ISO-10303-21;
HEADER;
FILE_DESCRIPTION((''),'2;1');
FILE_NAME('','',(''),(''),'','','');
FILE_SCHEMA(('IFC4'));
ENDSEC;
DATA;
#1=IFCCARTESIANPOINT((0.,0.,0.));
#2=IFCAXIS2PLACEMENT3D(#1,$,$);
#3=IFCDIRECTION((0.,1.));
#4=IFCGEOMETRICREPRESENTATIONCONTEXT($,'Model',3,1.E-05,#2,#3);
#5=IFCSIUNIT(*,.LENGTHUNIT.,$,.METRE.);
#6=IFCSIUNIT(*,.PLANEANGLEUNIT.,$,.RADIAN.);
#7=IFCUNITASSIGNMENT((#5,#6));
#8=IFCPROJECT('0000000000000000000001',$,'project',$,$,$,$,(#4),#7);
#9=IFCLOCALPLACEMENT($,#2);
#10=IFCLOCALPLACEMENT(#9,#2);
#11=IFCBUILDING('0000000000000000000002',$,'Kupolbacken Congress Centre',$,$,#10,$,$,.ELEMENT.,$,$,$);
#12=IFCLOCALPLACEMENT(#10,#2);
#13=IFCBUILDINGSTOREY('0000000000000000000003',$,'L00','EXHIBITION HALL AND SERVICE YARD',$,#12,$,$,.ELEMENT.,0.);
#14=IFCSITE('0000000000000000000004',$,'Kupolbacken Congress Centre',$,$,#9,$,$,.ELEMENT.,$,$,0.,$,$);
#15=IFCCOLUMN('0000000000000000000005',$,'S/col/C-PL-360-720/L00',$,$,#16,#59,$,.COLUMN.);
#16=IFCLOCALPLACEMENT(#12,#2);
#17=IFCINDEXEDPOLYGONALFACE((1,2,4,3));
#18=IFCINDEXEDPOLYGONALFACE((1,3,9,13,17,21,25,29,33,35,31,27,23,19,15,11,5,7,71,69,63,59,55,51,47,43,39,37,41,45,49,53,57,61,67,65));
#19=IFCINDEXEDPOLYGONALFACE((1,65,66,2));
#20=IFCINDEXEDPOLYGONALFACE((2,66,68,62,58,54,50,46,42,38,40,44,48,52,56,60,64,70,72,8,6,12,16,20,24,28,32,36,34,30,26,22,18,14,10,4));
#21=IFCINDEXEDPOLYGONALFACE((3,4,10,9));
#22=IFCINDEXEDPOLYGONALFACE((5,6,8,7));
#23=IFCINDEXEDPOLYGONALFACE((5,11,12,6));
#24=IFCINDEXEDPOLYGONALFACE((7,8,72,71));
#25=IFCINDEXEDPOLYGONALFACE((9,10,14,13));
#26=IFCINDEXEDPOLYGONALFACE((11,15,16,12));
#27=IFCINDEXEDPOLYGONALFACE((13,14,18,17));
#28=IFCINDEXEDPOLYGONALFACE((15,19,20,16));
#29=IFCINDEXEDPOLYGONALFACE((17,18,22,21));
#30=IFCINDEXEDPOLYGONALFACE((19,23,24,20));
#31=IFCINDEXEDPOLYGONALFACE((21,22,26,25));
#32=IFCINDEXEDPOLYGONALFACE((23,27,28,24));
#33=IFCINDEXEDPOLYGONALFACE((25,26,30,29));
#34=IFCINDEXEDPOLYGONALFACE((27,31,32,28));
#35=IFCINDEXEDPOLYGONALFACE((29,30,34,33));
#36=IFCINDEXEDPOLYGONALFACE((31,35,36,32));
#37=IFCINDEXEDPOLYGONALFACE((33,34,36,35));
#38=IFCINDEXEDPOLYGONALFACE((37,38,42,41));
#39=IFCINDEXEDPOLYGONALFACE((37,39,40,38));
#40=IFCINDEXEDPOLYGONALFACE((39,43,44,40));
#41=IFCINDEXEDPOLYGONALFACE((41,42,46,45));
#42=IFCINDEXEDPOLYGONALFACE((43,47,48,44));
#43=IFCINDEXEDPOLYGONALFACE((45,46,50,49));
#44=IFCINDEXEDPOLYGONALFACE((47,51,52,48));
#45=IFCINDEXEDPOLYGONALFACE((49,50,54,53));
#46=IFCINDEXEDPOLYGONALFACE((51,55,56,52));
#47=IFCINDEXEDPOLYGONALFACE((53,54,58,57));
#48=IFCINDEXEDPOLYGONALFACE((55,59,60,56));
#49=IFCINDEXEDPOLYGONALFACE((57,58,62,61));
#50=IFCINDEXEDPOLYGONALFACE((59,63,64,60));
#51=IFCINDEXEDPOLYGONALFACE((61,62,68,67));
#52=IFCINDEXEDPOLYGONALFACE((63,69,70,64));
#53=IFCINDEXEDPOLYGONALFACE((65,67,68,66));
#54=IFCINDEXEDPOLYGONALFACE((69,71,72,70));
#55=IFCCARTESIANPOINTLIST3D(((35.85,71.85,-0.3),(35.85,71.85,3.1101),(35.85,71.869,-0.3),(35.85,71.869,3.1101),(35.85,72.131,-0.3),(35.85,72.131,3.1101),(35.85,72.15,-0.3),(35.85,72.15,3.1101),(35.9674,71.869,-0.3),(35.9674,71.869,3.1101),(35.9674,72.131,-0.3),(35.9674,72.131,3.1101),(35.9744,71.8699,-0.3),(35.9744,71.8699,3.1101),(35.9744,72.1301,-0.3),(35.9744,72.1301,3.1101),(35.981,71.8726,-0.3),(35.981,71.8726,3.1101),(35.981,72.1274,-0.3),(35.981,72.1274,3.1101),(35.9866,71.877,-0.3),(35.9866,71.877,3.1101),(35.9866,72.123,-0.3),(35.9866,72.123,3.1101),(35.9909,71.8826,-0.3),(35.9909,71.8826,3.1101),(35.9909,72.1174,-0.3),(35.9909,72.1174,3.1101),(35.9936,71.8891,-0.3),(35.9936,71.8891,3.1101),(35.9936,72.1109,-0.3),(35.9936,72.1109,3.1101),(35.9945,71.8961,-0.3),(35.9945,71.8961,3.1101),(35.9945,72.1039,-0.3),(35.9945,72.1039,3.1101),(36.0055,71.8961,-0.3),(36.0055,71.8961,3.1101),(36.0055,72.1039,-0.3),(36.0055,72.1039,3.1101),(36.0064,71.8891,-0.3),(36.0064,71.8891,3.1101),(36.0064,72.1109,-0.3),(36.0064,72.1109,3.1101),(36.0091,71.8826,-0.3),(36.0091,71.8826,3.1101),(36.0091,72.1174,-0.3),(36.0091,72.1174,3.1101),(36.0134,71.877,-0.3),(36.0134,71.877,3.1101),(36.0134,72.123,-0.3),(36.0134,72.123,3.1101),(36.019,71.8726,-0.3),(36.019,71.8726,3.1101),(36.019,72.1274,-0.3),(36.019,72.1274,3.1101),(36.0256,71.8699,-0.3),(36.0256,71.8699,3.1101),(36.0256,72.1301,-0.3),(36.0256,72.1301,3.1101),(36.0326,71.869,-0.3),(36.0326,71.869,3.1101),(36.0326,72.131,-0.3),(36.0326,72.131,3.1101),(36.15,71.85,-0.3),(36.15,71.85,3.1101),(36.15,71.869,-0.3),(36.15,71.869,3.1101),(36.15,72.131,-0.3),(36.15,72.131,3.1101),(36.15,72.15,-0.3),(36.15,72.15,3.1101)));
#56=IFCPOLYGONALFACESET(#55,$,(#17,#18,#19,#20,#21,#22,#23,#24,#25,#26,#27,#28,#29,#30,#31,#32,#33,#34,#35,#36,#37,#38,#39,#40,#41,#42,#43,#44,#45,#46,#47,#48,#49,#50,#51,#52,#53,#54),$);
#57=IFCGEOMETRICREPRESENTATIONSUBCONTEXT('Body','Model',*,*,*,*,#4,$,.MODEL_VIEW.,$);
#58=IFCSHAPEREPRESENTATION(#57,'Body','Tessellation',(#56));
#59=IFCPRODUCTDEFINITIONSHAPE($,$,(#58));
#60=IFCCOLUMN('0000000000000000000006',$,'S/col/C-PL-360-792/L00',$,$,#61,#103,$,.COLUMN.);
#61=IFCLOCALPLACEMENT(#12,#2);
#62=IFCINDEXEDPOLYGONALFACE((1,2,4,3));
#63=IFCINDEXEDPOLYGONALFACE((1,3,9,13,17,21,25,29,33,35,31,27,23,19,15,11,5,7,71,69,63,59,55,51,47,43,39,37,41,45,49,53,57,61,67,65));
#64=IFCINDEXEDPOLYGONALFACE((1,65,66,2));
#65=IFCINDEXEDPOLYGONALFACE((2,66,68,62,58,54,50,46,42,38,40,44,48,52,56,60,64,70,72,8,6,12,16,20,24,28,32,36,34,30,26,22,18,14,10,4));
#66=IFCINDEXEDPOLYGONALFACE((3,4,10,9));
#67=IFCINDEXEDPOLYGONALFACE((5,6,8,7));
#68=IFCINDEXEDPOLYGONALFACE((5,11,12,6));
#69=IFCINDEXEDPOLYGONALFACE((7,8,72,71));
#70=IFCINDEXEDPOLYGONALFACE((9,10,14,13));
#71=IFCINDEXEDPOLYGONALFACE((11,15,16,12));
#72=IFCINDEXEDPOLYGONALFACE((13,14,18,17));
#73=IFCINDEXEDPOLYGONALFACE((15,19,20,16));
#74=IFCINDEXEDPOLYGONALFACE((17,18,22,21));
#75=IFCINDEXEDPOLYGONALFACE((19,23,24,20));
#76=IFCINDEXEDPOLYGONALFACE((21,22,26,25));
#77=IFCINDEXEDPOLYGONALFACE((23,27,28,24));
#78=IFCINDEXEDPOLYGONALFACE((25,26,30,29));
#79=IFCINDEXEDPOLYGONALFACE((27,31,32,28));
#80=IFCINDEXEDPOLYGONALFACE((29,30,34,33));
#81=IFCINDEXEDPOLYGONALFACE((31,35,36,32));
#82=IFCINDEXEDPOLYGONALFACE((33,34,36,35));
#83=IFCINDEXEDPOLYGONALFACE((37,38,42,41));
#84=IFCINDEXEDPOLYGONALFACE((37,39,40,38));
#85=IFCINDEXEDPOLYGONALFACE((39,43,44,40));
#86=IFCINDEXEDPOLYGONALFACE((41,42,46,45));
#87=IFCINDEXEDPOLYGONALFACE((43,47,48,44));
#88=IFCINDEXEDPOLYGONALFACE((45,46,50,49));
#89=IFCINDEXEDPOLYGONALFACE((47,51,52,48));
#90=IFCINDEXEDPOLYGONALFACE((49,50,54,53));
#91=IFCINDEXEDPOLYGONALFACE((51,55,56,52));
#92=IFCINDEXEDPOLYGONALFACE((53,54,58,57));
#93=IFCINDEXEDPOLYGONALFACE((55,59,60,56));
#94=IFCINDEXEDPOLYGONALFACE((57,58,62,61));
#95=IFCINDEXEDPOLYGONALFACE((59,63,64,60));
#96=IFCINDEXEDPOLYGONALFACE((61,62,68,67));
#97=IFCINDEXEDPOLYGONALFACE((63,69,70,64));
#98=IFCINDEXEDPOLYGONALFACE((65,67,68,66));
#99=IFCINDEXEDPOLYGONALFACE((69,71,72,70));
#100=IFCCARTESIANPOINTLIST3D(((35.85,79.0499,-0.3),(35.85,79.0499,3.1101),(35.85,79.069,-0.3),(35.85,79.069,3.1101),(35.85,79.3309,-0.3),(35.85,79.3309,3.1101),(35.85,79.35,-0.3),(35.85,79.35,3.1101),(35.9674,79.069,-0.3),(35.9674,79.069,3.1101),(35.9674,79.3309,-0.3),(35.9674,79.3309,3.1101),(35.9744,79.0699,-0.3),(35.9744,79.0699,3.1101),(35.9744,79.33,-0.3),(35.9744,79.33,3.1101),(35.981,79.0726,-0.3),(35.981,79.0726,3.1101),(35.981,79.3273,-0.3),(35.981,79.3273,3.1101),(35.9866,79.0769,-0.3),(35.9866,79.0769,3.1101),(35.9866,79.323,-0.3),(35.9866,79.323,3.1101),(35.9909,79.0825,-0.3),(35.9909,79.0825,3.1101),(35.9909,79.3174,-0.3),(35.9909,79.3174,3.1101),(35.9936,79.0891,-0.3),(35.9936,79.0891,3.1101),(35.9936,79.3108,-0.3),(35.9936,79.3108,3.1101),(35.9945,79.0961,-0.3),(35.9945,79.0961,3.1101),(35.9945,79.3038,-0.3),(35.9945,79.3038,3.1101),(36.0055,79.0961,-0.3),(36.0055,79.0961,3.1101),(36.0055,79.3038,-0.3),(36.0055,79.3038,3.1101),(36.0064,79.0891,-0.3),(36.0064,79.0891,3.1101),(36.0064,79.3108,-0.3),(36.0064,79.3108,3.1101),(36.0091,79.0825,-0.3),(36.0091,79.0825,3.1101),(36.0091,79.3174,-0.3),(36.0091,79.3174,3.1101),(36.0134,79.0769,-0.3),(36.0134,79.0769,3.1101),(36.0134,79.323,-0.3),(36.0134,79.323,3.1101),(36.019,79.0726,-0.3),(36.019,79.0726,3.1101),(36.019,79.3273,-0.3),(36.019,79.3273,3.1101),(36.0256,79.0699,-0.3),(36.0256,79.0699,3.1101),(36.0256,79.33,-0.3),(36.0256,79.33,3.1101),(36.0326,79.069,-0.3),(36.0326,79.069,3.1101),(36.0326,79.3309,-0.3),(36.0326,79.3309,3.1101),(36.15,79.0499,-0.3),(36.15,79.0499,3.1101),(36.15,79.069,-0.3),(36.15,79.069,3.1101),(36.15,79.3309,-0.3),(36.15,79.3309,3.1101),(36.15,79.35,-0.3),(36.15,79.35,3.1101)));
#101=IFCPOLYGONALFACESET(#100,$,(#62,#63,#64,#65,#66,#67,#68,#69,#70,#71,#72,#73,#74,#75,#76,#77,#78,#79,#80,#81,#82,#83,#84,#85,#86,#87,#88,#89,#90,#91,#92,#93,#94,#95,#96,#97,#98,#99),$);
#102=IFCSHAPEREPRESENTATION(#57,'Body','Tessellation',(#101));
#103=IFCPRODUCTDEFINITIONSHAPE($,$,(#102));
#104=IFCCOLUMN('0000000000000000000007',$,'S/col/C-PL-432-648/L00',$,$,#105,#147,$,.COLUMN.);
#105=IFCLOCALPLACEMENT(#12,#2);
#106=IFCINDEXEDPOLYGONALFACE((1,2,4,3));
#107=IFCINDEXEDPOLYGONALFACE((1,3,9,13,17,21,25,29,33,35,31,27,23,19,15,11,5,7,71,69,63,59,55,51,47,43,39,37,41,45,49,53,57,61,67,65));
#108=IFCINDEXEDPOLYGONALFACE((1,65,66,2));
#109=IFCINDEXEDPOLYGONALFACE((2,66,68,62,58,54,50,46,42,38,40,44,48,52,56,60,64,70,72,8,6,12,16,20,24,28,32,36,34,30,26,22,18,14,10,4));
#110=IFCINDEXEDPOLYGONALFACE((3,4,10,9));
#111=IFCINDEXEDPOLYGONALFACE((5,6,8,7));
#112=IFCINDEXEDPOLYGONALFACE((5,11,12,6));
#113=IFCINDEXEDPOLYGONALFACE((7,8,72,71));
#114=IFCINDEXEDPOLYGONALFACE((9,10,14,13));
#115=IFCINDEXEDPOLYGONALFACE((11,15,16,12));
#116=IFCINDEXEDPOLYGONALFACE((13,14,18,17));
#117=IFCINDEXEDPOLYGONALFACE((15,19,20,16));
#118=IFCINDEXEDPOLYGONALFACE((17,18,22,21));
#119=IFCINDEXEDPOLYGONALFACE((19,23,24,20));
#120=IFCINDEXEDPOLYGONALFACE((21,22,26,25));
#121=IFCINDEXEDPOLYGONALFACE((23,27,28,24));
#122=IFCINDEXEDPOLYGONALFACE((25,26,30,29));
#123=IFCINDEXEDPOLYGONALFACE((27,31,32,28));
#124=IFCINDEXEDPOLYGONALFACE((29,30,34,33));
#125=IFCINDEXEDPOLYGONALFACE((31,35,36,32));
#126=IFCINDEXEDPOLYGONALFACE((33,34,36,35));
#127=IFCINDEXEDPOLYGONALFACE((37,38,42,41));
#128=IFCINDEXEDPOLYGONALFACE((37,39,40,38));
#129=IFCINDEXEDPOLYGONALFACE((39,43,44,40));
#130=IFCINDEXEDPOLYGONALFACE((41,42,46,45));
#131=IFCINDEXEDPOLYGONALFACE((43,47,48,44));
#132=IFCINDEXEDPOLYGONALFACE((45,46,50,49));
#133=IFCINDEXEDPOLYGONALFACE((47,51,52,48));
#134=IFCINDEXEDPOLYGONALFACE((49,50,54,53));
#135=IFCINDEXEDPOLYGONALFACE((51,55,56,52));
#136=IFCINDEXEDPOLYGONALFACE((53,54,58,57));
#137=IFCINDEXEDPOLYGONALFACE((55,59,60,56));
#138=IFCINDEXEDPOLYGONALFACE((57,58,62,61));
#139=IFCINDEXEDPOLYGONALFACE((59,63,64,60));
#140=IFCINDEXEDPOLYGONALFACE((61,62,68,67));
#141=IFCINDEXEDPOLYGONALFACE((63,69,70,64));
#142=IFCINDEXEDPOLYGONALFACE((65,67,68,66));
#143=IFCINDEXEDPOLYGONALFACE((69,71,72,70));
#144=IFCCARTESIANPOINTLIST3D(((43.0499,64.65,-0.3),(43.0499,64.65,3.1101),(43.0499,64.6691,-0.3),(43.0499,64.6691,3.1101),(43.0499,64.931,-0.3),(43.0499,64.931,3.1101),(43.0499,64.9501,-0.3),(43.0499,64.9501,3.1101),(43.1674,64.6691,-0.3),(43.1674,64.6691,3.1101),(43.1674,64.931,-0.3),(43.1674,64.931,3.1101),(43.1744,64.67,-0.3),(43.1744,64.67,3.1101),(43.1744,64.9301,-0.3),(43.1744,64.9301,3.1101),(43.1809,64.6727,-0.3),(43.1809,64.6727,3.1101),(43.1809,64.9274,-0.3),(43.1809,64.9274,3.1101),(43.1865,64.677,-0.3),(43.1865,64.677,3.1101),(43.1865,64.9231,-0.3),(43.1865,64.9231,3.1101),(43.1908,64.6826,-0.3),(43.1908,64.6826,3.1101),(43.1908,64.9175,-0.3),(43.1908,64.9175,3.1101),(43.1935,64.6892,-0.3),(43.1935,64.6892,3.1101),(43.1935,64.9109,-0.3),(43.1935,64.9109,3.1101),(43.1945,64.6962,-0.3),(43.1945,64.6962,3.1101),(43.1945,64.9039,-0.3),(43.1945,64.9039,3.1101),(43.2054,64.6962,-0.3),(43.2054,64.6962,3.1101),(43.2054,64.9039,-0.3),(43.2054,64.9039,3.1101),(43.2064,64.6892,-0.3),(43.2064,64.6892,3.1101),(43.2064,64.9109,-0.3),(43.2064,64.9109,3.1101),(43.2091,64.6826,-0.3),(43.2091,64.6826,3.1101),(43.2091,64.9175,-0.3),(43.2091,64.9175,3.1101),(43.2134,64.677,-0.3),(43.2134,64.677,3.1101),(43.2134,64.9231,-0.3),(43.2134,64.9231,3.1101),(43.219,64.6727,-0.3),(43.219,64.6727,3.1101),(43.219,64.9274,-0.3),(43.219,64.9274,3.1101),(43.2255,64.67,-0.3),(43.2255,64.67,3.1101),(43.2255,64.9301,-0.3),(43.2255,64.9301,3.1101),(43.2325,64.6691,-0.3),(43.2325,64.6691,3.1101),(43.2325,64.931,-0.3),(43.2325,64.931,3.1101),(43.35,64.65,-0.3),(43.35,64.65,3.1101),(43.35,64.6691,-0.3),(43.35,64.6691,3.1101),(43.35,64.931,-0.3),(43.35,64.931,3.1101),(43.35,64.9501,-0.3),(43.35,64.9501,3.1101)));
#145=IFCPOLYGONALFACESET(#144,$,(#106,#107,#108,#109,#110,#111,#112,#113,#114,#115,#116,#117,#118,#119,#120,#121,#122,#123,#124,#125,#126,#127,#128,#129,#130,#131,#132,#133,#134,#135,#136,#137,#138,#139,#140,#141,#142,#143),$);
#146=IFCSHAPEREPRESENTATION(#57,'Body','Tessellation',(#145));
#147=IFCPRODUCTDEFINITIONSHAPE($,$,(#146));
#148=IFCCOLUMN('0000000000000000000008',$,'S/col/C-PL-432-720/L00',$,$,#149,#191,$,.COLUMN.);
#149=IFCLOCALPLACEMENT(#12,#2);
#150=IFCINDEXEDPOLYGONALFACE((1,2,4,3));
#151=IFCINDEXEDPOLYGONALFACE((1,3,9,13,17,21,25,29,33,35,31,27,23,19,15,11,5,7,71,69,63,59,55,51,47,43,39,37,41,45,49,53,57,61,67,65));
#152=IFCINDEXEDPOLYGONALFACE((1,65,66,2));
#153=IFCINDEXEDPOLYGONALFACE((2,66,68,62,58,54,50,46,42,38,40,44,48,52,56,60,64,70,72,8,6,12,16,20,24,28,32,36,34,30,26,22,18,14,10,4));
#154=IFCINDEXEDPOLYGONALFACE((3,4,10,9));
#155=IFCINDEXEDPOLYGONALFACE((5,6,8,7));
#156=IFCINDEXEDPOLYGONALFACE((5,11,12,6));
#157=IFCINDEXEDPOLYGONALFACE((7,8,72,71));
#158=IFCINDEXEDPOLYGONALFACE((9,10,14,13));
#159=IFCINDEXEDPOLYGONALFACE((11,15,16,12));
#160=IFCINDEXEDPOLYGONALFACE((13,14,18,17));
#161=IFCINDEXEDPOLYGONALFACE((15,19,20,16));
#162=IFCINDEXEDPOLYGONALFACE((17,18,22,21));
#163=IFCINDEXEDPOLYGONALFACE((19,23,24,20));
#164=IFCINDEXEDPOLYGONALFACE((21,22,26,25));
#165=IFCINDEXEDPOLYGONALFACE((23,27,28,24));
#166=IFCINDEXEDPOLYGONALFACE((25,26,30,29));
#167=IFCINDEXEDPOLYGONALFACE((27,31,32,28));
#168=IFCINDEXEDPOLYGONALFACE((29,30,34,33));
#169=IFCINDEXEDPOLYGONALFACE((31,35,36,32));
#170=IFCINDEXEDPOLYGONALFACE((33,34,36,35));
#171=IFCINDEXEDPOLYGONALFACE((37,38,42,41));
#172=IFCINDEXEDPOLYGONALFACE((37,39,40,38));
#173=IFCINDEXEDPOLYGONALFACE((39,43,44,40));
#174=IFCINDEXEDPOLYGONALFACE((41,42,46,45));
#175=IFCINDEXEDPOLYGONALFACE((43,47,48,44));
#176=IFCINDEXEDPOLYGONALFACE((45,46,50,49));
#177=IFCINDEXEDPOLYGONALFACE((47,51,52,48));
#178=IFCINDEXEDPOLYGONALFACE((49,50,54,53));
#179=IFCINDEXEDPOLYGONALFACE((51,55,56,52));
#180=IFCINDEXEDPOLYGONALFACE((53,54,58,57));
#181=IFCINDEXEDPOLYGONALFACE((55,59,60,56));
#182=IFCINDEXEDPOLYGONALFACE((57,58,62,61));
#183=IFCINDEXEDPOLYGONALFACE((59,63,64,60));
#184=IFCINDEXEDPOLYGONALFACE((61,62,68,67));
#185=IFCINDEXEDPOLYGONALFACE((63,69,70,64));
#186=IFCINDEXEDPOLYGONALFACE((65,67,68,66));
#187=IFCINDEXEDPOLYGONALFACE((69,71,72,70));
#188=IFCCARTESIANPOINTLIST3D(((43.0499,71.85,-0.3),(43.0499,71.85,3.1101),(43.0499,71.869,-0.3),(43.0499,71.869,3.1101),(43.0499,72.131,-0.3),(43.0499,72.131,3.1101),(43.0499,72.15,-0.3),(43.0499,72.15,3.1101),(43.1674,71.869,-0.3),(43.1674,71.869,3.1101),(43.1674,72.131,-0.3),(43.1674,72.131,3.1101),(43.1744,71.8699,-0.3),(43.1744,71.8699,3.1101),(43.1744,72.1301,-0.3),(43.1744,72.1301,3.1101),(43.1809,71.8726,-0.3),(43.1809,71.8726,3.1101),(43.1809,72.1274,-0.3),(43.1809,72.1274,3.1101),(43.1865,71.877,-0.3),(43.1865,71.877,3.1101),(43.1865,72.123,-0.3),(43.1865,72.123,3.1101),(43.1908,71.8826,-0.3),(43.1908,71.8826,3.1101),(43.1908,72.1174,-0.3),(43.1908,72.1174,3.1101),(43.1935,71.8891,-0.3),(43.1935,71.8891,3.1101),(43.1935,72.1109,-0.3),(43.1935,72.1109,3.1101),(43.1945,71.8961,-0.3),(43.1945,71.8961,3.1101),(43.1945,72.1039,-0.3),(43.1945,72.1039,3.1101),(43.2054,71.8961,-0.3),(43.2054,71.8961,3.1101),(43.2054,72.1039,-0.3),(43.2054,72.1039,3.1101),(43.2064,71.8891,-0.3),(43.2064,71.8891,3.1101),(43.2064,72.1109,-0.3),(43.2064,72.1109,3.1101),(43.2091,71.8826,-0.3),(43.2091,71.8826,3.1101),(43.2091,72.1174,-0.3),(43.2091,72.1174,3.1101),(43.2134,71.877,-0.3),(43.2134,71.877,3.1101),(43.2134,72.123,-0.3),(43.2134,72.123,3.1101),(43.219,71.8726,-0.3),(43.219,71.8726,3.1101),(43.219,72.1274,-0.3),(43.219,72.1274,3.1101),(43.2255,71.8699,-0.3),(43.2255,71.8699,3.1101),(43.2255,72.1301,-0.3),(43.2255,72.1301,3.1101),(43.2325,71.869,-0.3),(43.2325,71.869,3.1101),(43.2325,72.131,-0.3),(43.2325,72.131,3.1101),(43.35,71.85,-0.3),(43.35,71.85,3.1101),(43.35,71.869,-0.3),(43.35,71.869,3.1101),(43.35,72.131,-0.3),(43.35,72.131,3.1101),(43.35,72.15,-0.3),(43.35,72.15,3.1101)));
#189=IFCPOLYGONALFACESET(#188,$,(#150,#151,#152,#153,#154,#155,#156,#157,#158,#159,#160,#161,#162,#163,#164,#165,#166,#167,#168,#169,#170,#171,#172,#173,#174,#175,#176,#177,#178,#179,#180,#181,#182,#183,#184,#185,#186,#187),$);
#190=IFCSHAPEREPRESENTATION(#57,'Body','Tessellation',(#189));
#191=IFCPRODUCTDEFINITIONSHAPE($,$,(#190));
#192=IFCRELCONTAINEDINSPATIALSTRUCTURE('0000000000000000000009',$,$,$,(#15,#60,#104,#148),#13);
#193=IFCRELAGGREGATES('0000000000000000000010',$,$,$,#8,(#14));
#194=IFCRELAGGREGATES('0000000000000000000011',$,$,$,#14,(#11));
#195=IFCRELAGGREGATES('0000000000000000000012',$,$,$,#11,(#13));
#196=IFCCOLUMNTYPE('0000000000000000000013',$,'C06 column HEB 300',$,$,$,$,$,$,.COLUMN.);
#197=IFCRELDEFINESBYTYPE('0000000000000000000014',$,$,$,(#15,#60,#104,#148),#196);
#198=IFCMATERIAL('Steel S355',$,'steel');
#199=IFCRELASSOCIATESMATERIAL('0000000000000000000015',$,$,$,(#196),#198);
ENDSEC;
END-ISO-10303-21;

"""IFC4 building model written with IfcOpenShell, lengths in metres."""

from ifc_helpers import new_model, si_unit, direction, frame, origin, origin_2d, place, context, subcontext, project, spatial, i_section, extrude, material, material_profile, profile_set, type_object, element, save


model = new_model("IFC4")

# Units and contexts
model_context = context("Model", 3, precision=1e-05, world=origin(), true_north=direction((0.0, 1.0)))
body_context = subcontext(model_context, "Body", "Model", "MODEL_VIEW")
ifc_project = project(units=[si_unit("LENGTHUNIT", "METRE"), si_unit("PLANEANGLEUNIT", "RADIAN")], contexts=[model_context])

# Site, building, storey
site_placement = place(None, origin())
site = spatial("IfcSite", under=ifc_project, at=site_placement, Name="Kupolbacken Congress Centre", CompositionType="ELEMENT", RefElevation=0.0)
building_placement = place(site_placement, origin())
building = spatial("IfcBuilding", under=site, at=building_placement, Name="Kupolbacken Congress Centre", CompositionType="ELEMENT")
storey_placement = place(building_placement, origin())
storey = spatial("IfcBuildingStorey", under=building, at=storey_placement, Name="L00", Description="EXHIBITION HALL AND SERVICE YARD", CompositionType="ELEMENT", Elevation=0.0)

# Columns
ifc_material_1 = material(Name="Steel S355", Category="steel")
ifc_material_profile_1 = material_profile(ifc_material_1, i_section(OverallWidth=0.3, OverallDepth=0.3, WebThickness=0.011, FlangeThickness=0.019, FilletRadius=0.0271, at=origin_2d()), Name="HEB 300")
ifc_profile_set_1 = profile_set([ifc_material_profile_1], Name="Steel S355")
column_type = type_object("IfcColumnType", Name="C06 column HEB 300", PredefinedType="COLUMN", material=ifc_profile_set_1)
for number, where, z_axis, x_axis, name in (
    (1, (36.0, 72.0, -0.3), (0.0, 0.0, 1.0), (1.0, 0.0, 0.0), "S/col/C-PL-360-720/L00"),
    (2, (36.0, 79.2, -0.3), (0.0, 0.0, 1.0), (1.0, 0.0, 0.0), "S/col/C-PL-360-792/L00"),
    (3, (43.2, 64.8, -0.3), (0.0, 0.0, 1.0), (1.0, 0.0, 0.0), "S/col/C-PL-432-648/L00"),
    (4, (43.2, 72.0, -0.3), (0.0, 0.0, 1.0), (1.0, 0.0, 0.0), "S/col/C-PL-432-720/L00"),
):
    element("IfcColumn", number, at=place(storey_placement, frame(where, z_axis=z_axis, x_axis=x_axis)), inside=storey, type_object=column_type, Name=name, PredefinedType="COLUMN", context=body_context, shape_type="SweptSolid", body=[
        extrude(i_section(OverallWidth=0.3, OverallDepth=0.3, WebThickness=0.011, FlangeThickness=0.019, FilletRadius=0.0271, at=origin_2d()), origin(), (0.0, 0.0, 1.0), 3.4102),
    ])

save(model, "model.ifc")
